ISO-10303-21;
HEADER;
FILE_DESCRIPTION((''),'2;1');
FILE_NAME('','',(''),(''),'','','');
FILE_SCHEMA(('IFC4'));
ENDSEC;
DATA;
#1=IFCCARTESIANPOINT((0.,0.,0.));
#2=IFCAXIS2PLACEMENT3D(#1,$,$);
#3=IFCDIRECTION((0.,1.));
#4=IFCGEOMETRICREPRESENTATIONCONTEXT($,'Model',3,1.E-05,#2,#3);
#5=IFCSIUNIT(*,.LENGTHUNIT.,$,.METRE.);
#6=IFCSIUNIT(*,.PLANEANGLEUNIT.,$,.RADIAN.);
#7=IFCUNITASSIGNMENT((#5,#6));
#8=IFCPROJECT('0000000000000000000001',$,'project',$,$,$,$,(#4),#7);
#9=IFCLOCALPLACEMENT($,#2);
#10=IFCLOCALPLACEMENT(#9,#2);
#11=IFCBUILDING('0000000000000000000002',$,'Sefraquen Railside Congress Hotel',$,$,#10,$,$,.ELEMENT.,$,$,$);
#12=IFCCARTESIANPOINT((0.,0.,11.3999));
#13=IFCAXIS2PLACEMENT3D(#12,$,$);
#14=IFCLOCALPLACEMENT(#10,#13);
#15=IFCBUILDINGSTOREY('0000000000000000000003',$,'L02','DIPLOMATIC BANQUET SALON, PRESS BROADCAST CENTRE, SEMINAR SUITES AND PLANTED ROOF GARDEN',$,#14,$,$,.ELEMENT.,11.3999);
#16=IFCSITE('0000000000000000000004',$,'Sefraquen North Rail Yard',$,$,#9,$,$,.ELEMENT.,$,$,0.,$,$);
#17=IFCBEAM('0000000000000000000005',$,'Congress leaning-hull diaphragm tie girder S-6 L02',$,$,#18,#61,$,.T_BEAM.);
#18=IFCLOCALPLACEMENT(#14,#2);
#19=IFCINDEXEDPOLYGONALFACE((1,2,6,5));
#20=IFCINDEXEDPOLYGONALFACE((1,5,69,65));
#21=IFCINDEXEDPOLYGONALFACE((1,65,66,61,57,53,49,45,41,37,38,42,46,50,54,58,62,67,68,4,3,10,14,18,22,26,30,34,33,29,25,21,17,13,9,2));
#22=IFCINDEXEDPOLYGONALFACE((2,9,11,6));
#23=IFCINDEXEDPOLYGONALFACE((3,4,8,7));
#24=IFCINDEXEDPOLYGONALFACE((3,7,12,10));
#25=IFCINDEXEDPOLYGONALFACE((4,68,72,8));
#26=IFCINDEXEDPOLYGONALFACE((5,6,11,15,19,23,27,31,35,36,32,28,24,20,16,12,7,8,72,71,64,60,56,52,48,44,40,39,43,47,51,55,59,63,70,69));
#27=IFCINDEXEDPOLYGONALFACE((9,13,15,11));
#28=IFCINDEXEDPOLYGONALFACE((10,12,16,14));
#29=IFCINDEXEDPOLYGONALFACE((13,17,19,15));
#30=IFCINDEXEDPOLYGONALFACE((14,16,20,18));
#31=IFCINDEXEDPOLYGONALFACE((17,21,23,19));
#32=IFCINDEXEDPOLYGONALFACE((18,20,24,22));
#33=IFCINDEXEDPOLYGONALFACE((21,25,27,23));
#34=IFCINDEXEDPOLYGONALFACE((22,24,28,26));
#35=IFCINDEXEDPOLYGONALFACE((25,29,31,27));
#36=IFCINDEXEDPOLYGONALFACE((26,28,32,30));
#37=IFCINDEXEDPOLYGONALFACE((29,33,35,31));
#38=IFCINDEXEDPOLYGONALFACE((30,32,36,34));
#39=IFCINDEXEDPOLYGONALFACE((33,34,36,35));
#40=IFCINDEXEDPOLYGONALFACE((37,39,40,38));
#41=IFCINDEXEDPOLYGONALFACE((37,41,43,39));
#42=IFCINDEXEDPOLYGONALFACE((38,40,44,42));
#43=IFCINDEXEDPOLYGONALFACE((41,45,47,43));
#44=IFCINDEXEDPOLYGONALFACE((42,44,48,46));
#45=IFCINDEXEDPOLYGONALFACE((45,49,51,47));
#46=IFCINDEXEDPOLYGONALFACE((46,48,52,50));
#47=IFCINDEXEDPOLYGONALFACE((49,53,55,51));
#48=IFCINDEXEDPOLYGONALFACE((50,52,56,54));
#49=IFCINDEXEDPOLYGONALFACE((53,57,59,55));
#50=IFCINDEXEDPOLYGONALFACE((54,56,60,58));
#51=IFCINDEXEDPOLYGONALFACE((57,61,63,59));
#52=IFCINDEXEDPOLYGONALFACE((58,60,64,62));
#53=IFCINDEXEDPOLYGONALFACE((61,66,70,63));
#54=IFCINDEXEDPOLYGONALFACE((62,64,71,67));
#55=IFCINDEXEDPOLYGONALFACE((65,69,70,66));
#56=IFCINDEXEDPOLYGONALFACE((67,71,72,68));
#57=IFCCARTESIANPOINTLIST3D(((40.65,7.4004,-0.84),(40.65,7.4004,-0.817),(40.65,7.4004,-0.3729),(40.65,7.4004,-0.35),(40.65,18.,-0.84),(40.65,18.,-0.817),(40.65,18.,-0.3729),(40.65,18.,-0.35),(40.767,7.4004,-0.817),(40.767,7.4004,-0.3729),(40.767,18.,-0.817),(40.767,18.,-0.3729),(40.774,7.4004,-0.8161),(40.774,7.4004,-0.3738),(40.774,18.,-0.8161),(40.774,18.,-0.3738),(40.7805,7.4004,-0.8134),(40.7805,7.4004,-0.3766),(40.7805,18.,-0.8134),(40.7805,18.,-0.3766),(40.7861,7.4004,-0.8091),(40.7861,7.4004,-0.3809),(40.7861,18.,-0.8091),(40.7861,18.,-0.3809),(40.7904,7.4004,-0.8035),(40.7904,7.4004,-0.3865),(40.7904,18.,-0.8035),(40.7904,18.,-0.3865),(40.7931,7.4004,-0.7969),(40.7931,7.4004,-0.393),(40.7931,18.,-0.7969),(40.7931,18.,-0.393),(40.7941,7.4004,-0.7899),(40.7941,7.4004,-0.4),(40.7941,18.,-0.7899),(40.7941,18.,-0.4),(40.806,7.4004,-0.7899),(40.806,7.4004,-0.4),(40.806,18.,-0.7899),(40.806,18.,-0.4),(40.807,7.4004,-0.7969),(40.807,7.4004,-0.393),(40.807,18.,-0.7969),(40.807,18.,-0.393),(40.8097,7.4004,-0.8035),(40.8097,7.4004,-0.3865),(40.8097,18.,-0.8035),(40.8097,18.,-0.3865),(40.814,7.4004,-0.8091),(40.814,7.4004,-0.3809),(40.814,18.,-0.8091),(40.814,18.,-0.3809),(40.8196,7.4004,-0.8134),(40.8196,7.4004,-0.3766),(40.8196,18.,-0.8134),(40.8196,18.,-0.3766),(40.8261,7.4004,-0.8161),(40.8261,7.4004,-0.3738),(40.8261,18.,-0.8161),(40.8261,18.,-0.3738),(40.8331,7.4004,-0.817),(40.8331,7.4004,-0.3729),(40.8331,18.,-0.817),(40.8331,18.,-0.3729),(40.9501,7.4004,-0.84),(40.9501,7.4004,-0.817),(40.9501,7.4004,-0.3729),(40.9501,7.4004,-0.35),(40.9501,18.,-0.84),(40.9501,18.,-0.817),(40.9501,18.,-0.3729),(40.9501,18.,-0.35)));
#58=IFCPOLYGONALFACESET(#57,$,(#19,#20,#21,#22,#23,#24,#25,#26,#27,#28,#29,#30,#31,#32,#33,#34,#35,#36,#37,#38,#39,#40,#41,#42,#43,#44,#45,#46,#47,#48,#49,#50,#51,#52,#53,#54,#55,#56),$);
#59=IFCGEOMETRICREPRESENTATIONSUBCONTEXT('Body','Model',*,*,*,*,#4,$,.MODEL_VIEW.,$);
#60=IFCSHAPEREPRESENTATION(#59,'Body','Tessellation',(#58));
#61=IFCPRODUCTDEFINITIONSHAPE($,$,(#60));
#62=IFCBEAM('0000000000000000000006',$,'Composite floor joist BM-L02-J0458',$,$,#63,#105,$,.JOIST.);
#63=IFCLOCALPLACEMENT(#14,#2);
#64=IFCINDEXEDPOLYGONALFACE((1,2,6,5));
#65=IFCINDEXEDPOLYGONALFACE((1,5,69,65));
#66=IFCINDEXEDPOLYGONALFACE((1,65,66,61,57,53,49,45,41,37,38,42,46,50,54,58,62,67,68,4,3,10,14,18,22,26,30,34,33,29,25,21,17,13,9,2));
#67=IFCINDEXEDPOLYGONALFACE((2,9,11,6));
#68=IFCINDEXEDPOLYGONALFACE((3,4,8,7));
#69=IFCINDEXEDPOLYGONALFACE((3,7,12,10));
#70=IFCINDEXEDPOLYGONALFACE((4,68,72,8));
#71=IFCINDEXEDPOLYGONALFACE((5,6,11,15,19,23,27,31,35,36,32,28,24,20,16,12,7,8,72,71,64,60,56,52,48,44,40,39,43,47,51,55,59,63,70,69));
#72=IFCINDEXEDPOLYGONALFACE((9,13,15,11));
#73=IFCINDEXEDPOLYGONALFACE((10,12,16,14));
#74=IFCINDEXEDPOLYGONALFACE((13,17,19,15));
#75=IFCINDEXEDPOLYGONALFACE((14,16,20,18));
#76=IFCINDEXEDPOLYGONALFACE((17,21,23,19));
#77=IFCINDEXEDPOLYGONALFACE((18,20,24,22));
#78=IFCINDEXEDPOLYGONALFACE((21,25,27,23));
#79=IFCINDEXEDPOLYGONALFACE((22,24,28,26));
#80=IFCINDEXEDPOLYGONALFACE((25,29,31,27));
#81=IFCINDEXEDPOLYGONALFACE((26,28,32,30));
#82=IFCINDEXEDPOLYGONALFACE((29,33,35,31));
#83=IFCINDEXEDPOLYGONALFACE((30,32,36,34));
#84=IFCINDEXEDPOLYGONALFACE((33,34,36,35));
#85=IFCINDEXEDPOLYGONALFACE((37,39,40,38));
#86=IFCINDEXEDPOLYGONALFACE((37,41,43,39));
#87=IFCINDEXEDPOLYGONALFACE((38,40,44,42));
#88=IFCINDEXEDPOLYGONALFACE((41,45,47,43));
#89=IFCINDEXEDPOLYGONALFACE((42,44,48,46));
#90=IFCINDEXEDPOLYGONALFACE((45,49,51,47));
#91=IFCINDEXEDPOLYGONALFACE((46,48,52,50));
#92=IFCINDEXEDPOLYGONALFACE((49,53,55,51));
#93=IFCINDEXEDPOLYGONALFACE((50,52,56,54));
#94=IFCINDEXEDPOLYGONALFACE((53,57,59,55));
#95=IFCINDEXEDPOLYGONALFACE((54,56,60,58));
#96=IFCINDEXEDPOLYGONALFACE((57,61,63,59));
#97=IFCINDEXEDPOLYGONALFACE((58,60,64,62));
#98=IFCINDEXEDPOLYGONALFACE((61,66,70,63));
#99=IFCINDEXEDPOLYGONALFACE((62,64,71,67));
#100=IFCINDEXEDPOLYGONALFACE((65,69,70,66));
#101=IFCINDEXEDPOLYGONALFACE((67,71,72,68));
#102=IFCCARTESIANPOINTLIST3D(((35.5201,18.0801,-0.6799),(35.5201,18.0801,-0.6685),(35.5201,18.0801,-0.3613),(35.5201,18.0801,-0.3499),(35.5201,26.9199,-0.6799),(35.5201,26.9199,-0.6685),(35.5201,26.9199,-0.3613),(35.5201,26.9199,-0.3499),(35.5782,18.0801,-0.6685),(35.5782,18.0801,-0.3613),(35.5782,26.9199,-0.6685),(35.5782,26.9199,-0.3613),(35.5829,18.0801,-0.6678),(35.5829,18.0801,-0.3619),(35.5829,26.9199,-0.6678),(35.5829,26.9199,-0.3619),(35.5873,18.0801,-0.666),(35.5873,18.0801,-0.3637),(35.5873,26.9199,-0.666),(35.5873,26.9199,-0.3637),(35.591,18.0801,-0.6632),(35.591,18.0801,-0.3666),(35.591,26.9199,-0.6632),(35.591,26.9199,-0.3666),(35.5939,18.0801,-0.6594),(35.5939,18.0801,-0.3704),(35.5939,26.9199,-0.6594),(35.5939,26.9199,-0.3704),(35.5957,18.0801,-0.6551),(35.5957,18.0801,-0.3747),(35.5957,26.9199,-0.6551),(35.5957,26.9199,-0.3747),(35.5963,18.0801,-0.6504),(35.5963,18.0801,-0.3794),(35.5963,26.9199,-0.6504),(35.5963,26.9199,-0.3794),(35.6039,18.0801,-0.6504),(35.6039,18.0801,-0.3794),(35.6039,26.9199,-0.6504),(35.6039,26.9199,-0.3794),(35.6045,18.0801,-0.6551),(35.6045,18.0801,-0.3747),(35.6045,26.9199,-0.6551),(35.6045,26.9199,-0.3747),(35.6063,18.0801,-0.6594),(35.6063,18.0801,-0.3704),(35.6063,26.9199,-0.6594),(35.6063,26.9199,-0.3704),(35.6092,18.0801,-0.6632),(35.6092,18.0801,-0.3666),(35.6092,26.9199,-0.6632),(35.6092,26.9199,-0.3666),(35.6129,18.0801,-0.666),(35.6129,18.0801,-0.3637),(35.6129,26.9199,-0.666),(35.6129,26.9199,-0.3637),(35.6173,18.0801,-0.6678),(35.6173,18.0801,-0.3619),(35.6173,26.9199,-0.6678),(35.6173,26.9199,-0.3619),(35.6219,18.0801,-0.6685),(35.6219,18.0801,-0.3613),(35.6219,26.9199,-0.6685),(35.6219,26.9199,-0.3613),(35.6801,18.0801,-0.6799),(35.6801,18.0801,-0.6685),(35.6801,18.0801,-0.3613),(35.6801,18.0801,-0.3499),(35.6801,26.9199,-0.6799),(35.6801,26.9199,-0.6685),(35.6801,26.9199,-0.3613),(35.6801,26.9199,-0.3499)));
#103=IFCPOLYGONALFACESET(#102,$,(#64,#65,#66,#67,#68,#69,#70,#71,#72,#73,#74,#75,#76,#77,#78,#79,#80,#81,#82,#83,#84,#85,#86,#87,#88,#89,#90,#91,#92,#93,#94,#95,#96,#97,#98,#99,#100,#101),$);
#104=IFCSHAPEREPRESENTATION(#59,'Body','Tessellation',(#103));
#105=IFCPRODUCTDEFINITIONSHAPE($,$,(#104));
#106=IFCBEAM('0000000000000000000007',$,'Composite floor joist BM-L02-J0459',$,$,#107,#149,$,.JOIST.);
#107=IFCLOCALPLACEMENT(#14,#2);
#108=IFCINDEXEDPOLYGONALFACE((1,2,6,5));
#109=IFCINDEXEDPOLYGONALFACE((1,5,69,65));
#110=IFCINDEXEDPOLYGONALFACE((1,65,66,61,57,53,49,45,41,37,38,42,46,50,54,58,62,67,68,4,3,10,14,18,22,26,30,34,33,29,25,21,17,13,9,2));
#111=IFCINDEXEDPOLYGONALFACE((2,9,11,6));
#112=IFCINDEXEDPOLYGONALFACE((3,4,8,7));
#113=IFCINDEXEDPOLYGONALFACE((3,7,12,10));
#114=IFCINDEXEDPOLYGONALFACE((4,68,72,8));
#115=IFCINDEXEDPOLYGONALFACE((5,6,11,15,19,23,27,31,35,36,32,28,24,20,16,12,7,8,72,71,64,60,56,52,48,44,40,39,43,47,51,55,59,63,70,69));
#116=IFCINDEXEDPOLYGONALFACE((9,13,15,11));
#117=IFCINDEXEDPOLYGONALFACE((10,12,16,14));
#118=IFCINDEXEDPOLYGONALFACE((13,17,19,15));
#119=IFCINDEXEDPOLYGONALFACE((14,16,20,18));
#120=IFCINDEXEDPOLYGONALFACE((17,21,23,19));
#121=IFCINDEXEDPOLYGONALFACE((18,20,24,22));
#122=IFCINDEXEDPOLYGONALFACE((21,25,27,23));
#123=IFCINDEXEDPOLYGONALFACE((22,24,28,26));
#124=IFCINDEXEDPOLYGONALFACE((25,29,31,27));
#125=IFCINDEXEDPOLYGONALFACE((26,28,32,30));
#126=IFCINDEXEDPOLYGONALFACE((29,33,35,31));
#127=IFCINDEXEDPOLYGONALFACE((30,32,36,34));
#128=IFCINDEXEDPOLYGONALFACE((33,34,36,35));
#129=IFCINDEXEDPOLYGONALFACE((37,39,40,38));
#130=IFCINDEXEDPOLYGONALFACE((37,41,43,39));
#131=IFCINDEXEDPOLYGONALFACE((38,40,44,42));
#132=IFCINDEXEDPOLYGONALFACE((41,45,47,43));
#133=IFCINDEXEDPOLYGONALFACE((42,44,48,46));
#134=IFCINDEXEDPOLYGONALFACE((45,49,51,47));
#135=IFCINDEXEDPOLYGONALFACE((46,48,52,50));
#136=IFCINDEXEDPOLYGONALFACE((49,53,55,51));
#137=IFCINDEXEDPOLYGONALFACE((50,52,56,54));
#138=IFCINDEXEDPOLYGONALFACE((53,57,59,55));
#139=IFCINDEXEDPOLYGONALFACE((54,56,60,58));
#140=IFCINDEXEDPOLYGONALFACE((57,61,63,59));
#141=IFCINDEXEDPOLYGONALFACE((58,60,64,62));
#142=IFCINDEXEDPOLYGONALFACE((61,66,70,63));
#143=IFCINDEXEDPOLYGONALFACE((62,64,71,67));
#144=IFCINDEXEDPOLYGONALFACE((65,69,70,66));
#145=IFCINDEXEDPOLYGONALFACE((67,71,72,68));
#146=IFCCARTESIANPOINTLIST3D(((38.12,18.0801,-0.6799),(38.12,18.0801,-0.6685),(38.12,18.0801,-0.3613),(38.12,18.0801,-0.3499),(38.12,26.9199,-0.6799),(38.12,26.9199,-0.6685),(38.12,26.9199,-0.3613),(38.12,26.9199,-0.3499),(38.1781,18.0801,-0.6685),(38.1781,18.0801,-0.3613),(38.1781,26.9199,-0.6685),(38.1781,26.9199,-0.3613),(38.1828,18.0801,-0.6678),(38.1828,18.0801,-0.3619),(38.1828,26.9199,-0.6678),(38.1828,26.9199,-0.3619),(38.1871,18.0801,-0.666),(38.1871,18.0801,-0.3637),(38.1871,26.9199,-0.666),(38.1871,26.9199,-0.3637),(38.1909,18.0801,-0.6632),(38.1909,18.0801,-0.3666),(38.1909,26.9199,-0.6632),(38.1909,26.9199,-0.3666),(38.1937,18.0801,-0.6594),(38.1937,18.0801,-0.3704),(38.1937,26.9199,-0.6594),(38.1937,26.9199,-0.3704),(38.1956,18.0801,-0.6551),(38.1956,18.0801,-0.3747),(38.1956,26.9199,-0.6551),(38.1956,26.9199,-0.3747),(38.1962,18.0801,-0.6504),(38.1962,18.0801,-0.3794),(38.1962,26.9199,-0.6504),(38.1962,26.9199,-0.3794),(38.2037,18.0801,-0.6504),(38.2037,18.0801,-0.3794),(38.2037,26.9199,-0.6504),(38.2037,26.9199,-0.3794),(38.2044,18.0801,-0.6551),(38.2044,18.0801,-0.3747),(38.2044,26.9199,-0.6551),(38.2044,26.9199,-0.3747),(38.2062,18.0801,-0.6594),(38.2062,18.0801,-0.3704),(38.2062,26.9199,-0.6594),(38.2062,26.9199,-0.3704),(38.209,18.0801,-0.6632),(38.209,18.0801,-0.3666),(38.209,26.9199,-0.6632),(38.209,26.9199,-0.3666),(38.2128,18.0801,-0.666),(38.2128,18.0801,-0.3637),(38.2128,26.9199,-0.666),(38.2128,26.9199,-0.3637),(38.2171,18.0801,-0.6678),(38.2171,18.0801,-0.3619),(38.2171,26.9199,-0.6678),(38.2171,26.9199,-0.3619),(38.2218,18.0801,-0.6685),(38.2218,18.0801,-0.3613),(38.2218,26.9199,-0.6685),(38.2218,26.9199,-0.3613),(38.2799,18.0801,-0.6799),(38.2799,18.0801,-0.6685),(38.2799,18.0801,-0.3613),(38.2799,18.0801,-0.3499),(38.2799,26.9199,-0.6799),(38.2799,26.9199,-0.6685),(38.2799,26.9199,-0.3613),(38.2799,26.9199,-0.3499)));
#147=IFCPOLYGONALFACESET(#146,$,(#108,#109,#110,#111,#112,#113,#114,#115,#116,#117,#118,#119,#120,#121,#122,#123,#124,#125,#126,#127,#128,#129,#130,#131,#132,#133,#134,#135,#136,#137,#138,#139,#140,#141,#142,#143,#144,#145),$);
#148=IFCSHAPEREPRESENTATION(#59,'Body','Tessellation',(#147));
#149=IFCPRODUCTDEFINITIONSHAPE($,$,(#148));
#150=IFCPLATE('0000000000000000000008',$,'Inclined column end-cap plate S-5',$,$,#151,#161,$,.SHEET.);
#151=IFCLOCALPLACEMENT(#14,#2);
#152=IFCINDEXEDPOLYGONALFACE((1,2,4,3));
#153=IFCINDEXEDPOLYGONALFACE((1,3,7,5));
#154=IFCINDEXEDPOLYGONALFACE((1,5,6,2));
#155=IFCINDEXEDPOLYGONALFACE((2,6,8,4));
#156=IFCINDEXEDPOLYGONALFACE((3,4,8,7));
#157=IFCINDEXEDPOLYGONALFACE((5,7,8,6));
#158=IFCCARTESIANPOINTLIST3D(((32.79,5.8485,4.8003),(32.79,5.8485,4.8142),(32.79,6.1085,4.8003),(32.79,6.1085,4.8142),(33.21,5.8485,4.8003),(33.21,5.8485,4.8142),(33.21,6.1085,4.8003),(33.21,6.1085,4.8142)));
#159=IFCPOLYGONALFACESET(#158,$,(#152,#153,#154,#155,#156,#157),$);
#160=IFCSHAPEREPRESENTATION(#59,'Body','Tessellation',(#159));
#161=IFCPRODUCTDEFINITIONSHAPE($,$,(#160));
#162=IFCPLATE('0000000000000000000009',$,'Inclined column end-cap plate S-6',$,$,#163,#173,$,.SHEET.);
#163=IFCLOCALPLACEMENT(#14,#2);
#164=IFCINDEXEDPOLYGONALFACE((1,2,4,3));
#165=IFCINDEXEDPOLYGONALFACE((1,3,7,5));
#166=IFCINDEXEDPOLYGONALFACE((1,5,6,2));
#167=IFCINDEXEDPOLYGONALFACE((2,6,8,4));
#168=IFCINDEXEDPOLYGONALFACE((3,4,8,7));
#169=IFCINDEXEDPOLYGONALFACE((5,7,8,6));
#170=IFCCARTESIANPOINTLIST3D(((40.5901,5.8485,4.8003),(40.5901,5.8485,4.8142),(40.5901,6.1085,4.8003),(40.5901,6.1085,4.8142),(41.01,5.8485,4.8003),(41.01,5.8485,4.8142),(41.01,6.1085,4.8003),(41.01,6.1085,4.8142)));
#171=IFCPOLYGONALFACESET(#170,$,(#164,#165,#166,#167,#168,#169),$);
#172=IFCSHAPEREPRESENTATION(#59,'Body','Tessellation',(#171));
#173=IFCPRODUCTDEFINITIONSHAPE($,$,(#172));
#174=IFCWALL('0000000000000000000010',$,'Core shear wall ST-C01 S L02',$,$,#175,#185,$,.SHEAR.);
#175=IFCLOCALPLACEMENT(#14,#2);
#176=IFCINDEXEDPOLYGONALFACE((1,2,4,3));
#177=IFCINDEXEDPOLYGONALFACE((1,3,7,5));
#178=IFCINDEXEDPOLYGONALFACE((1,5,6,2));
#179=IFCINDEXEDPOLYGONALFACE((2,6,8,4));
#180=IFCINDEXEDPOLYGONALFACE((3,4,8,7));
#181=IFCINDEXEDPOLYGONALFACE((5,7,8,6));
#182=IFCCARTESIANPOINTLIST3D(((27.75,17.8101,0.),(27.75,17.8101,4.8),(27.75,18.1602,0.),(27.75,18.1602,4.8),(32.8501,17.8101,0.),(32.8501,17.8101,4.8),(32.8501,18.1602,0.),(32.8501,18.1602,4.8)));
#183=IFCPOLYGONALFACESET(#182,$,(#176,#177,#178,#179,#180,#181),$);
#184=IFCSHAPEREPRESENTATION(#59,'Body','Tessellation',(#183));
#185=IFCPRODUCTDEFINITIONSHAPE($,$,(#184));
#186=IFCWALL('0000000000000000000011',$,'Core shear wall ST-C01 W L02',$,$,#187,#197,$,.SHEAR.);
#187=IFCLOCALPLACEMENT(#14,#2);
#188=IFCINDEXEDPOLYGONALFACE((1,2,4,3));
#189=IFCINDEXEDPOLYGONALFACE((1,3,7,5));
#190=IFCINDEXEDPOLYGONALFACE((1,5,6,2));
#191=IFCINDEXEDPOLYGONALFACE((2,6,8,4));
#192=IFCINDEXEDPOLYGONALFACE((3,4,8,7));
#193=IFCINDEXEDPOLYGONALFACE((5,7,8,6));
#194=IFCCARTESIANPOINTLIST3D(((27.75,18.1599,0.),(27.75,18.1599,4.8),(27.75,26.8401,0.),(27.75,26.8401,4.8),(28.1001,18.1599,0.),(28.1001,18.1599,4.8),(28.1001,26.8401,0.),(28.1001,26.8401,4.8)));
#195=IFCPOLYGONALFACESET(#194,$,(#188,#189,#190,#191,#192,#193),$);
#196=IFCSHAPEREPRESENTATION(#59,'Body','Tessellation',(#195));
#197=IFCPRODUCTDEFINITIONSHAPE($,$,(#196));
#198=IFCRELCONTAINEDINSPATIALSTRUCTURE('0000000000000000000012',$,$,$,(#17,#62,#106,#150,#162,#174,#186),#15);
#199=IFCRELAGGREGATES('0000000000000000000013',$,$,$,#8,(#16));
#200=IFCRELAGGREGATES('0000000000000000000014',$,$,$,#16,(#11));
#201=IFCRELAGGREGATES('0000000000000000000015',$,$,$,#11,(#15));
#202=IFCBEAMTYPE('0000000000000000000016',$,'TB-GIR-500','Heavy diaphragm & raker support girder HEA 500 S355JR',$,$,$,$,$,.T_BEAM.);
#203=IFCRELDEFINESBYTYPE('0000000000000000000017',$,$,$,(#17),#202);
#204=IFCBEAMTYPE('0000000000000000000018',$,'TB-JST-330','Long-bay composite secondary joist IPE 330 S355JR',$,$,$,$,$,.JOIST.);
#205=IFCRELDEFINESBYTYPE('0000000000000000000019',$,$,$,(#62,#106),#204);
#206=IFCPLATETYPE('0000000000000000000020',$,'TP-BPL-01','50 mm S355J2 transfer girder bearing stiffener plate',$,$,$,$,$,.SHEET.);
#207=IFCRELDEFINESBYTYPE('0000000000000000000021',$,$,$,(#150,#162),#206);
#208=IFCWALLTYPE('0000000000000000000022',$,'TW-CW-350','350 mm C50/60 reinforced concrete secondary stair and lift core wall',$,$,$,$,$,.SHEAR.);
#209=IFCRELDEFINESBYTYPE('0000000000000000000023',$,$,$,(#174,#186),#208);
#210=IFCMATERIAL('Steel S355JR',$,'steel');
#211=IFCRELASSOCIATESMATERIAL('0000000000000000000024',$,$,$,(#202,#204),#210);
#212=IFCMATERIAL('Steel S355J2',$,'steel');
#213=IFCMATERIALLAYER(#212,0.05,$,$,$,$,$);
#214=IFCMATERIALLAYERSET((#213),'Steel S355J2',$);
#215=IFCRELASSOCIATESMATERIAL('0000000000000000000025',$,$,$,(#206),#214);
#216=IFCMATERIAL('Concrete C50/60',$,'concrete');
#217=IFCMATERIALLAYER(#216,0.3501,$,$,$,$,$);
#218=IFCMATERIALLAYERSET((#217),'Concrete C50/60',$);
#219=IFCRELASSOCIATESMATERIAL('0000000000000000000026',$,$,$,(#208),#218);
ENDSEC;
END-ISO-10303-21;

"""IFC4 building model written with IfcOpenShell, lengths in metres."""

from ifc_helpers import new_model, si_unit, direction, frame, frame_2d, origin, origin_2d, place, context, subcontext, project, spatial, rectangle, i_section, extrude, material, layer, layer_set, material_profile, profile_set, type_object, element, save


model = new_model("IFC4")

# Units and contexts
model_context = context("Model", 3, precision=1e-05, world=origin(), true_north=direction((0.0, 1.0)))
body_context = subcontext(model_context, "Body", "Model", "MODEL_VIEW")
ifc_project = project(units=[si_unit("LENGTHUNIT", "METRE"), si_unit("PLANEANGLEUNIT", "RADIAN")], contexts=[model_context])

# Site, building, storey
site_placement = place(None, origin())
site = spatial("IfcSite", under=ifc_project, at=site_placement, Name="Sefraquen North Rail Yard", CompositionType="ELEMENT", RefElevation=0.0)
building_placement = place(site_placement, origin())
building = spatial("IfcBuilding", under=site, at=building_placement, Name="Sefraquen Railside Congress Hotel", CompositionType="ELEMENT")
storey_placement = place(building_placement, frame((0.0, 0.0, 11.3999)))
storey = spatial("IfcBuildingStorey", under=building, at=storey_placement, Name="L02", Description="DIPLOMATIC BANQUET SALON, PRESS BROADCAST CENTRE, SEMINAR SUITES AND PLANTED ROOF GARDEN", CompositionType="ELEMENT", Elevation=11.3999)

# Shared definitions
ifc_material_1 = material(Name="Steel S355JR", Category="steel")
ifc_material_2 = material(Name="Steel S355J2", Category="steel")

# Beams
ifc_material_profile_1 = material_profile(ifc_material_1, i_section(OverallWidth=0.3, OverallDepth=0.49, WebThickness=0.012, FlangeThickness=0.0229, FilletRadius=0.0271, at=origin_2d()), Name="HEA 500")
ifc_profile_set_1 = profile_set([ifc_material_profile_1], Name="Steel S355JR")
beam_type_1 = type_object("IfcBeamType", Name="TB-GIR-500", Description="Heavy diaphragm & raker support girder HEA 500 S355JR", PredefinedType="T_BEAM", material=ifc_profile_set_1)
for number, where, z_axis, x_axis, name in (
    (1, (40.8, 7.4004, -0.595), (0.0, 1.0, 0.0), (-1.0, 0.0, 0.0), "Congress leaning-hull diaphragm tie girder S-6 L02"),
):
    element("IfcBeam", number, at=place(storey_placement, frame(where, z_axis=z_axis, x_axis=x_axis)), inside=storey, type_object=beam_type_1, Name=name, PredefinedType="T_BEAM", context=body_context, shape_type="SweptSolid", body=[
        extrude(i_section(OverallWidth=0.3, OverallDepth=0.49, WebThickness=0.012, FlangeThickness=0.0229, FilletRadius=0.0271, at=origin_2d()), origin(), (0.0, 0.0, 1.0), 10.5996),
    ])
ifc_material_profile_2 = material_profile(ifc_material_1, i_section(OverallWidth=0.1599, OverallDepth=0.3301, WebThickness=0.0076, FlangeThickness=0.0115, FilletRadius=0.0181, at=origin_2d()), Name="IPE 330")
ifc_profile_set_2 = profile_set([ifc_material_profile_2], Name="Steel S355JR")
beam_type_2 = type_object("IfcBeamType", Name="TB-JST-330", Description="Long-bay composite secondary joist IPE 330 S355JR", PredefinedType="JOIST", material=ifc_profile_set_2)
for number, where, z_axis, x_axis, name in (
    (2, (35.6001, 18.0801, -0.5149), (0.0, 1.0, 0.0), (-1.0, 0.0, 0.0), "Composite floor joist BM-L02-J0458"),
    (3, (38.2, 18.0801, -0.5149), (0.0, 1.0, 0.0), (-1.0, 0.0, 0.0), "Composite floor joist BM-L02-J0459"),
):
    element("IfcBeam", number, at=place(storey_placement, frame(where, z_axis=z_axis, x_axis=x_axis)), inside=storey, type_object=beam_type_2, Name=name, PredefinedType="JOIST", context=body_context, shape_type="SweptSolid", body=[
        extrude(i_section(OverallWidth=0.1599, OverallDepth=0.3301, WebThickness=0.0076, FlangeThickness=0.0115, FilletRadius=0.0181, at=origin_2d()), origin(), (0.0, 0.0, 1.0), 8.8398),
    ])

# Plates
ifc_layer_1 = layer(ifc_material_2, 0.05)
ifc_layer_set_1 = layer_set([ifc_layer_1], Name="Steel S355J2")
plate_type = type_object("IfcPlateType", Name="TP-BPL-01", Description="50 mm S355J2 transfer girder bearing stiffener plate", PredefinedType="SHEET", material=ifc_layer_set_1)
for number, where, z_axis, x_axis, name in (
    (4, (33.0, 5.9785, 4.8003), (0.0, 0.0, 1.0), (1.0, 0.0, 0.0), "Inclined column end-cap plate S-5"),
    (5, (40.8, 5.9785, 4.8003), (0.0, 0.0, 1.0), (1.0, 0.0, 0.0), "Inclined column end-cap plate S-6"),
):
    element("IfcPlate", number, at=place(storey_placement, frame(where, z_axis=z_axis, x_axis=x_axis)), inside=storey, type_object=plate_type, Name=name, PredefinedType="SHEET", context=body_context, shape_type="SweptSolid", body=[
        extrude(rectangle(XDim=0.4199, YDim=0.26, at=origin_2d()), origin(), (0.0, 0.0, 1.0), 0.0139),
    ])

# Walls
ifc_material_3 = material(Name="Concrete C50/60", Category="concrete")
ifc_layer_2 = layer(ifc_material_3, 0.3501)
ifc_layer_set_2 = layer_set([ifc_layer_2], Name="Concrete C50/60")
wall_type_1 = type_object("IfcWallType", Name="TW-CW-350", Description="350 mm C50/60 reinforced concrete secondary stair and lift core wall", PredefinedType="SHEAR", material=ifc_layer_set_2)
wall_1_placement = place(storey_placement, frame((27.75, 17.9851, 0.0), z_axis=(0.0, 0.0, 1.0), x_axis=(1.0, 0.0, 0.0)))
element("IfcWall", 6, at=wall_1_placement, inside=storey, type_object=wall_type_1, Name="Core shear wall ST-C01 S L02", PredefinedType="SHEAR", context=body_context, shape_type="SweptSolid", body=[
    extrude(rectangle(XDim=5.1001, YDim=0.3501, at=frame_2d((2.55, 0.0))), origin(), (0.0, 0.0, 1.0), 4.8),
])
wall_2_placement = place(storey_placement, frame((27.925, 18.1599, 0.0), z_axis=(0.0, 0.0, 1.0), x_axis=(0.0, 1.0, 0.0)))
element("IfcWall", 7, at=wall_2_placement, inside=storey, type_object=wall_type_1, Name="Core shear wall ST-C01 W L02", PredefinedType="SHEAR", context=body_context, shape_type="SweptSolid", body=[
    extrude(rectangle(XDim=8.6802, YDim=0.3501, at=frame_2d((4.3401, 0.0))), origin(), (0.0, 0.0, 1.0), 4.8),
])

save(model, "model.ifc")
